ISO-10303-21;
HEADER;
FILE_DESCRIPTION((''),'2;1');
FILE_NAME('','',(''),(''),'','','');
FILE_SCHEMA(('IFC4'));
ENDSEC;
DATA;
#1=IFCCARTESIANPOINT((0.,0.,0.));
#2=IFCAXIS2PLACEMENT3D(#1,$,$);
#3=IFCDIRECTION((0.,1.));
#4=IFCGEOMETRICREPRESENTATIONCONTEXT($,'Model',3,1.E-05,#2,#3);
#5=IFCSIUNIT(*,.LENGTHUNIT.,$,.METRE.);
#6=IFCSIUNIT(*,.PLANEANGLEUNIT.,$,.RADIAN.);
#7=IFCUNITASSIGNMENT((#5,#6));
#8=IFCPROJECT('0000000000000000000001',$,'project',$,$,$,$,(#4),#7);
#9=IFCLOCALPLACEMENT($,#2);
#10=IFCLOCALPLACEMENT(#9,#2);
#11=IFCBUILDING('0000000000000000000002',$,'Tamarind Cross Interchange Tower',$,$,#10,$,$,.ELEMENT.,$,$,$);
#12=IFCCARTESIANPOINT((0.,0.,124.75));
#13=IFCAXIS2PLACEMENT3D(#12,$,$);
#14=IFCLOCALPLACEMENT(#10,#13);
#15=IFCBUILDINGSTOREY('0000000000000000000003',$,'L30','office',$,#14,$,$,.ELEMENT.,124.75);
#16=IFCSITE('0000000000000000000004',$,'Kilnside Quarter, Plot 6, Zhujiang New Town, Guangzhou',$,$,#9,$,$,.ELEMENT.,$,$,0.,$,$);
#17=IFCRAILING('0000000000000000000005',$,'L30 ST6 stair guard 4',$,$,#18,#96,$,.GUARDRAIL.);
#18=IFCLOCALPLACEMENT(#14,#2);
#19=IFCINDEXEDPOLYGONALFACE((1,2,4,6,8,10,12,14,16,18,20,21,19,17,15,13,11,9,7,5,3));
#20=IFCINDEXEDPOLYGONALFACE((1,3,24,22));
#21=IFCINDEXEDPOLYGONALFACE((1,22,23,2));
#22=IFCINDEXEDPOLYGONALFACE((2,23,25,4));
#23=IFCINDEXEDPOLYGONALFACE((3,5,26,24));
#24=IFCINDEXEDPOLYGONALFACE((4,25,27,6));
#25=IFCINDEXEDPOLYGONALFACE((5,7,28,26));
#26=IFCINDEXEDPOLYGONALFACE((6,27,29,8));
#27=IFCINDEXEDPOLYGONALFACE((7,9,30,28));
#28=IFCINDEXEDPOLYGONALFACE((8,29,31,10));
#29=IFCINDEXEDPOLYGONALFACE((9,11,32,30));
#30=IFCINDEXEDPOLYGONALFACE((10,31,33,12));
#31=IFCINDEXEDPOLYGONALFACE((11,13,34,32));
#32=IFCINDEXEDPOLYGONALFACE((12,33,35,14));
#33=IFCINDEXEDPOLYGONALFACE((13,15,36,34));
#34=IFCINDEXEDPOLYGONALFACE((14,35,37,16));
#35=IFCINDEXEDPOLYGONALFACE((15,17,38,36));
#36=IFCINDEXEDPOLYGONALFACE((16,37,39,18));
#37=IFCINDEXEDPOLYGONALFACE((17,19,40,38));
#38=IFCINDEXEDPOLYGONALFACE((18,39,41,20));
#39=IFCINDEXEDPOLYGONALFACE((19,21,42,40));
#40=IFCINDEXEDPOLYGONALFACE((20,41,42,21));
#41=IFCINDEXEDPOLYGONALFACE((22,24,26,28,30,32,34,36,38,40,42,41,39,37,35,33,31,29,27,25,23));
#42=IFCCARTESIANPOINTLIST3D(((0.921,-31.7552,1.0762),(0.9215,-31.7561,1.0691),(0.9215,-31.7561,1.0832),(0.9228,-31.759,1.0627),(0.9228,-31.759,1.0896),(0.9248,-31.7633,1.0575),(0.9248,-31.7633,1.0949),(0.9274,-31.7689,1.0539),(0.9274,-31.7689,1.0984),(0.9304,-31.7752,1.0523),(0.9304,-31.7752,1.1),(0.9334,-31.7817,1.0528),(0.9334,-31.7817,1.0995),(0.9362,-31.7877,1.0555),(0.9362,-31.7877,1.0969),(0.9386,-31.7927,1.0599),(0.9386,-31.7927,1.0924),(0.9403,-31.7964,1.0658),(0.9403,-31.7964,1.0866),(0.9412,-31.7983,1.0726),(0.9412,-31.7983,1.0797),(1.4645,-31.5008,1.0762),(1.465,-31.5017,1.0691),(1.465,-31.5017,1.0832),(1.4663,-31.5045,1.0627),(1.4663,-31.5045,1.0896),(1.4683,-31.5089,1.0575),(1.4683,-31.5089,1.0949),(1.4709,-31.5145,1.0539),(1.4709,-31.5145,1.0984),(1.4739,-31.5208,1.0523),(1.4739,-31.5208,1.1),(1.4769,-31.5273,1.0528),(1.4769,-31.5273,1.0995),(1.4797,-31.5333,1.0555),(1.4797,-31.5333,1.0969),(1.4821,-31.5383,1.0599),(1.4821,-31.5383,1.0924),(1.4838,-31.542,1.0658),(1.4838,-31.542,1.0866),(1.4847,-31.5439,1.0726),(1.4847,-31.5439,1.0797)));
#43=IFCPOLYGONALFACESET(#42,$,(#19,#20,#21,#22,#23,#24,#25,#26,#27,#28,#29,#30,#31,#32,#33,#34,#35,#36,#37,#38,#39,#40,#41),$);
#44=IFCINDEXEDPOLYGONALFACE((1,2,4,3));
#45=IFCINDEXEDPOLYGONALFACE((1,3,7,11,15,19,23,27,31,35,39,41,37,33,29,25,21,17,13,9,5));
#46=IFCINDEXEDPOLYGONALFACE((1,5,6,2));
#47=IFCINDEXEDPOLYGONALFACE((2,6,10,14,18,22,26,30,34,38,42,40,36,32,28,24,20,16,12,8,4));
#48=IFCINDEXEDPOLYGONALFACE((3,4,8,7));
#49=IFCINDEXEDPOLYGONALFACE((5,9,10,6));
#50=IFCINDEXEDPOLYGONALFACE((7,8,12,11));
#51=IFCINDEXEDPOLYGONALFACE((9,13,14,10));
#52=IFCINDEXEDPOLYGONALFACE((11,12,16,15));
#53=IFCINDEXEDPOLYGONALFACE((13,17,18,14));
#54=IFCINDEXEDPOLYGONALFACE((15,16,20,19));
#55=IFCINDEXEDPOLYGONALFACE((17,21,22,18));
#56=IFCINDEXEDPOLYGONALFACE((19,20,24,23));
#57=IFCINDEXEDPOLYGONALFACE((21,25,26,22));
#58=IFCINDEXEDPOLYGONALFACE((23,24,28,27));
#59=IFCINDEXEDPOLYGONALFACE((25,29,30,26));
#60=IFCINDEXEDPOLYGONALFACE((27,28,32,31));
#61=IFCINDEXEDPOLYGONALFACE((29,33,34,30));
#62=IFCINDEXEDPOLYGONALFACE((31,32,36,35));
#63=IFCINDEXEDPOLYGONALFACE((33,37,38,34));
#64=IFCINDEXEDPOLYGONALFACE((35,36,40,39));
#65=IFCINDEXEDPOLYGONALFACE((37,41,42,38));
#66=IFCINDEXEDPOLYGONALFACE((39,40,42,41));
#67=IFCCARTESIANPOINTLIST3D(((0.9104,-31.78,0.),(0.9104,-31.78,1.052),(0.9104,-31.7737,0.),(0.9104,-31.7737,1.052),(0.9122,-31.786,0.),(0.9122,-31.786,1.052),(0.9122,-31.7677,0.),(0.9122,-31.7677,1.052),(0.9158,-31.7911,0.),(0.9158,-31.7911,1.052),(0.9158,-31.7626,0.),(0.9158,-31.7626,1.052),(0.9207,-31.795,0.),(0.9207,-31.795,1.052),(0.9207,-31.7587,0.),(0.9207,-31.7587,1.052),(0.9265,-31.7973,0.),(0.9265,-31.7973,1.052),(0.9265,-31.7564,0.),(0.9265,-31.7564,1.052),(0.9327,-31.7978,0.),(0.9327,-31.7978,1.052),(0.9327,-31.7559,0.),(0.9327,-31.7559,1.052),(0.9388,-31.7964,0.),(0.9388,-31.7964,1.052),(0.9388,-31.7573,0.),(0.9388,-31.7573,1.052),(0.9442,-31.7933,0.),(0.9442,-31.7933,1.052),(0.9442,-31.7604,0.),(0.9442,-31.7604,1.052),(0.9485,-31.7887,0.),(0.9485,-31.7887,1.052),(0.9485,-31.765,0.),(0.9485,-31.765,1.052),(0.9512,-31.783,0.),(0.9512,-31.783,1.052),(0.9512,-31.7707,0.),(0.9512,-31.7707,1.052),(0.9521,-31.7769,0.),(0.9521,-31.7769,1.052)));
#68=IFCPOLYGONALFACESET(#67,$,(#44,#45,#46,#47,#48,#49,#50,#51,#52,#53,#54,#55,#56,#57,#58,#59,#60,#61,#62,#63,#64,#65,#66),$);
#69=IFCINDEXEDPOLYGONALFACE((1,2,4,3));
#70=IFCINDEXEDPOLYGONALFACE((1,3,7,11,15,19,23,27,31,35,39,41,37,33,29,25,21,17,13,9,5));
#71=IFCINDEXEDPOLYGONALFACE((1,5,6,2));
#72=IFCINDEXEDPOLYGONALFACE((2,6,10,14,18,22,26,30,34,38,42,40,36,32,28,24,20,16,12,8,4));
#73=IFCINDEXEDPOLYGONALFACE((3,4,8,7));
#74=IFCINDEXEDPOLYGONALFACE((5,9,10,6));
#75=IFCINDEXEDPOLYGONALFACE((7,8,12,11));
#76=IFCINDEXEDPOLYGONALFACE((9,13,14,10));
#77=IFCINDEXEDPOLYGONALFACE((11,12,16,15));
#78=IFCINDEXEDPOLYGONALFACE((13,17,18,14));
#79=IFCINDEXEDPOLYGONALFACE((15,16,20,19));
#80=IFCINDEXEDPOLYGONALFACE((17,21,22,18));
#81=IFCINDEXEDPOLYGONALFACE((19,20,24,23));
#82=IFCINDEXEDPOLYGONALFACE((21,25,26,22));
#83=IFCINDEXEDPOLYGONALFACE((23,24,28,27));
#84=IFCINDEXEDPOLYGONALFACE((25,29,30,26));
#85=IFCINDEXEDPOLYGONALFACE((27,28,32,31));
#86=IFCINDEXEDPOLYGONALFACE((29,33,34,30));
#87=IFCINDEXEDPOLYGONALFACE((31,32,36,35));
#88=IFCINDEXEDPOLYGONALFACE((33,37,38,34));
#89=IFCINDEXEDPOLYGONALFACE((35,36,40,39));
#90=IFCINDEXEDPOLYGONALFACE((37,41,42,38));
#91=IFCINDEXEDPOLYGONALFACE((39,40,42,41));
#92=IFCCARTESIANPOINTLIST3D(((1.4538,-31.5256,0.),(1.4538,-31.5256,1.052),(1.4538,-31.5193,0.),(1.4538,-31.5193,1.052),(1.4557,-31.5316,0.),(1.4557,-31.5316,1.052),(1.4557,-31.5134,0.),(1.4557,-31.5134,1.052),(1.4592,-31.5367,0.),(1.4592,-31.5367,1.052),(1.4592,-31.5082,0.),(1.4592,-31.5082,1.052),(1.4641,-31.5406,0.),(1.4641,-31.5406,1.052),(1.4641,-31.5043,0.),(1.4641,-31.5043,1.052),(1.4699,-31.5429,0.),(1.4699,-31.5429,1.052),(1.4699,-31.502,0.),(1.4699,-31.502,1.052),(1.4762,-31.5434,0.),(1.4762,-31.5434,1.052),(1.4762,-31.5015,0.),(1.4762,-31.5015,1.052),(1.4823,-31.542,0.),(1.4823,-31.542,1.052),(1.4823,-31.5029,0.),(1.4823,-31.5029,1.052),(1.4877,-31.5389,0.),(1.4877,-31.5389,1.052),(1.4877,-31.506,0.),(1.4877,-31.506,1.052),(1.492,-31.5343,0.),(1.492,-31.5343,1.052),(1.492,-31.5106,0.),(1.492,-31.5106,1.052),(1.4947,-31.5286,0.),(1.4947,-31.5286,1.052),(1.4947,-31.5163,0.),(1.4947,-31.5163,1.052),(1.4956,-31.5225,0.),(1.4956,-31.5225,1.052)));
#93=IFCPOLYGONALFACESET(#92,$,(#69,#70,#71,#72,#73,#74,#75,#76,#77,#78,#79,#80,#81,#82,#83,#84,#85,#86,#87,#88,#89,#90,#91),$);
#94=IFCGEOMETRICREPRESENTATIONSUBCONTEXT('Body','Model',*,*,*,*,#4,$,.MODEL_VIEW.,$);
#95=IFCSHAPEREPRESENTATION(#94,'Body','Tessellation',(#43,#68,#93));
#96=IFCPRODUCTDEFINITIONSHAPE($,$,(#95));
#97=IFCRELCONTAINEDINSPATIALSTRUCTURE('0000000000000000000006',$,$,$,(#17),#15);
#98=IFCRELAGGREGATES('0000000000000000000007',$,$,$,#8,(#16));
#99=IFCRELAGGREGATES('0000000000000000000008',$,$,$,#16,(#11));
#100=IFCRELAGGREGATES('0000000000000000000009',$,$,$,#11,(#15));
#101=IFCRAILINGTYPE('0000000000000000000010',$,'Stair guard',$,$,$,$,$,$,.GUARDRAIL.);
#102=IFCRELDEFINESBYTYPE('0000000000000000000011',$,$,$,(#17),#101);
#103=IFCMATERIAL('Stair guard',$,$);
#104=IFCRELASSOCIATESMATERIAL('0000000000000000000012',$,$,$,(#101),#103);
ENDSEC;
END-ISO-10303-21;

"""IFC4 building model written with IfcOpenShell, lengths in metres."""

from ifc_helpers import new_model, si_unit, direction, frame, origin, origin_2d, place, context, subcontext, project, spatial, circle, extrude, material, type_object, element, save


model = new_model("IFC4")

# Units and contexts
model_context = context("Model", 3, precision=1e-05, world=origin(), true_north=direction((0.0, 1.0)))
body_context = subcontext(model_context, "Body", "Model", "MODEL_VIEW")
ifc_project = project(units=[si_unit("LENGTHUNIT", "METRE"), si_unit("PLANEANGLEUNIT", "RADIAN")], contexts=[model_context])

# Site, building, storey
site_placement = place(None, origin())
site = spatial("IfcSite", under=ifc_project, at=site_placement, Name="Kilnside Quarter, Plot 6, Zhujiang New Town, Guangzhou", CompositionType="ELEMENT", RefElevation=0.0)
building_placement = place(site_placement, origin())
building = spatial("IfcBuilding", under=site, at=building_placement, Name="Tamarind Cross Interchange Tower", CompositionType="ELEMENT")
storey_placement = place(building_placement, frame((0.0, 0.0, 124.75)))
storey = spatial("IfcBuildingStorey", under=building, at=storey_placement, Name="L30", Description="office", CompositionType="ELEMENT", Elevation=124.75)

# Railing
ifc_material_1 = material(Name="Stair guard")
railing_type_1 = type_object("IfcRailingType", Name="Stair guard", PredefinedType="GUARDRAIL", material=ifc_material_1)
railing_1_placement = place(storey_placement, frame((0.9312, -31.7769, 0.0)))
element("IfcRailing", 1, at=railing_1_placement, inside=storey, type_object=railing_type_1, Name="L30 ST6 stair guard 4", PredefinedType="GUARDRAIL", context=body_context, shape_type="SweptSolid", body=[
    extrude(circle(Radius=0.0239, at=origin_2d()), frame((0.0, 0.0, 1.0762), z_axis=(0.905684, 0.423954, 0.0), x_axis=(-0.423954, 0.905684, 0.0)), (0.0, 0.0, 1.0), 0.6001),
    extrude(circle(Radius=0.021, at=origin_2d()), origin(), (0.0, 0.0, 1.0), 1.052),
    extrude(circle(Radius=0.021, at=origin_2d()), frame((0.5435, 0.2544, 0.0)), (0.0, 0.0, 1.0), 1.052),
])

save(model, "model.ifc")
